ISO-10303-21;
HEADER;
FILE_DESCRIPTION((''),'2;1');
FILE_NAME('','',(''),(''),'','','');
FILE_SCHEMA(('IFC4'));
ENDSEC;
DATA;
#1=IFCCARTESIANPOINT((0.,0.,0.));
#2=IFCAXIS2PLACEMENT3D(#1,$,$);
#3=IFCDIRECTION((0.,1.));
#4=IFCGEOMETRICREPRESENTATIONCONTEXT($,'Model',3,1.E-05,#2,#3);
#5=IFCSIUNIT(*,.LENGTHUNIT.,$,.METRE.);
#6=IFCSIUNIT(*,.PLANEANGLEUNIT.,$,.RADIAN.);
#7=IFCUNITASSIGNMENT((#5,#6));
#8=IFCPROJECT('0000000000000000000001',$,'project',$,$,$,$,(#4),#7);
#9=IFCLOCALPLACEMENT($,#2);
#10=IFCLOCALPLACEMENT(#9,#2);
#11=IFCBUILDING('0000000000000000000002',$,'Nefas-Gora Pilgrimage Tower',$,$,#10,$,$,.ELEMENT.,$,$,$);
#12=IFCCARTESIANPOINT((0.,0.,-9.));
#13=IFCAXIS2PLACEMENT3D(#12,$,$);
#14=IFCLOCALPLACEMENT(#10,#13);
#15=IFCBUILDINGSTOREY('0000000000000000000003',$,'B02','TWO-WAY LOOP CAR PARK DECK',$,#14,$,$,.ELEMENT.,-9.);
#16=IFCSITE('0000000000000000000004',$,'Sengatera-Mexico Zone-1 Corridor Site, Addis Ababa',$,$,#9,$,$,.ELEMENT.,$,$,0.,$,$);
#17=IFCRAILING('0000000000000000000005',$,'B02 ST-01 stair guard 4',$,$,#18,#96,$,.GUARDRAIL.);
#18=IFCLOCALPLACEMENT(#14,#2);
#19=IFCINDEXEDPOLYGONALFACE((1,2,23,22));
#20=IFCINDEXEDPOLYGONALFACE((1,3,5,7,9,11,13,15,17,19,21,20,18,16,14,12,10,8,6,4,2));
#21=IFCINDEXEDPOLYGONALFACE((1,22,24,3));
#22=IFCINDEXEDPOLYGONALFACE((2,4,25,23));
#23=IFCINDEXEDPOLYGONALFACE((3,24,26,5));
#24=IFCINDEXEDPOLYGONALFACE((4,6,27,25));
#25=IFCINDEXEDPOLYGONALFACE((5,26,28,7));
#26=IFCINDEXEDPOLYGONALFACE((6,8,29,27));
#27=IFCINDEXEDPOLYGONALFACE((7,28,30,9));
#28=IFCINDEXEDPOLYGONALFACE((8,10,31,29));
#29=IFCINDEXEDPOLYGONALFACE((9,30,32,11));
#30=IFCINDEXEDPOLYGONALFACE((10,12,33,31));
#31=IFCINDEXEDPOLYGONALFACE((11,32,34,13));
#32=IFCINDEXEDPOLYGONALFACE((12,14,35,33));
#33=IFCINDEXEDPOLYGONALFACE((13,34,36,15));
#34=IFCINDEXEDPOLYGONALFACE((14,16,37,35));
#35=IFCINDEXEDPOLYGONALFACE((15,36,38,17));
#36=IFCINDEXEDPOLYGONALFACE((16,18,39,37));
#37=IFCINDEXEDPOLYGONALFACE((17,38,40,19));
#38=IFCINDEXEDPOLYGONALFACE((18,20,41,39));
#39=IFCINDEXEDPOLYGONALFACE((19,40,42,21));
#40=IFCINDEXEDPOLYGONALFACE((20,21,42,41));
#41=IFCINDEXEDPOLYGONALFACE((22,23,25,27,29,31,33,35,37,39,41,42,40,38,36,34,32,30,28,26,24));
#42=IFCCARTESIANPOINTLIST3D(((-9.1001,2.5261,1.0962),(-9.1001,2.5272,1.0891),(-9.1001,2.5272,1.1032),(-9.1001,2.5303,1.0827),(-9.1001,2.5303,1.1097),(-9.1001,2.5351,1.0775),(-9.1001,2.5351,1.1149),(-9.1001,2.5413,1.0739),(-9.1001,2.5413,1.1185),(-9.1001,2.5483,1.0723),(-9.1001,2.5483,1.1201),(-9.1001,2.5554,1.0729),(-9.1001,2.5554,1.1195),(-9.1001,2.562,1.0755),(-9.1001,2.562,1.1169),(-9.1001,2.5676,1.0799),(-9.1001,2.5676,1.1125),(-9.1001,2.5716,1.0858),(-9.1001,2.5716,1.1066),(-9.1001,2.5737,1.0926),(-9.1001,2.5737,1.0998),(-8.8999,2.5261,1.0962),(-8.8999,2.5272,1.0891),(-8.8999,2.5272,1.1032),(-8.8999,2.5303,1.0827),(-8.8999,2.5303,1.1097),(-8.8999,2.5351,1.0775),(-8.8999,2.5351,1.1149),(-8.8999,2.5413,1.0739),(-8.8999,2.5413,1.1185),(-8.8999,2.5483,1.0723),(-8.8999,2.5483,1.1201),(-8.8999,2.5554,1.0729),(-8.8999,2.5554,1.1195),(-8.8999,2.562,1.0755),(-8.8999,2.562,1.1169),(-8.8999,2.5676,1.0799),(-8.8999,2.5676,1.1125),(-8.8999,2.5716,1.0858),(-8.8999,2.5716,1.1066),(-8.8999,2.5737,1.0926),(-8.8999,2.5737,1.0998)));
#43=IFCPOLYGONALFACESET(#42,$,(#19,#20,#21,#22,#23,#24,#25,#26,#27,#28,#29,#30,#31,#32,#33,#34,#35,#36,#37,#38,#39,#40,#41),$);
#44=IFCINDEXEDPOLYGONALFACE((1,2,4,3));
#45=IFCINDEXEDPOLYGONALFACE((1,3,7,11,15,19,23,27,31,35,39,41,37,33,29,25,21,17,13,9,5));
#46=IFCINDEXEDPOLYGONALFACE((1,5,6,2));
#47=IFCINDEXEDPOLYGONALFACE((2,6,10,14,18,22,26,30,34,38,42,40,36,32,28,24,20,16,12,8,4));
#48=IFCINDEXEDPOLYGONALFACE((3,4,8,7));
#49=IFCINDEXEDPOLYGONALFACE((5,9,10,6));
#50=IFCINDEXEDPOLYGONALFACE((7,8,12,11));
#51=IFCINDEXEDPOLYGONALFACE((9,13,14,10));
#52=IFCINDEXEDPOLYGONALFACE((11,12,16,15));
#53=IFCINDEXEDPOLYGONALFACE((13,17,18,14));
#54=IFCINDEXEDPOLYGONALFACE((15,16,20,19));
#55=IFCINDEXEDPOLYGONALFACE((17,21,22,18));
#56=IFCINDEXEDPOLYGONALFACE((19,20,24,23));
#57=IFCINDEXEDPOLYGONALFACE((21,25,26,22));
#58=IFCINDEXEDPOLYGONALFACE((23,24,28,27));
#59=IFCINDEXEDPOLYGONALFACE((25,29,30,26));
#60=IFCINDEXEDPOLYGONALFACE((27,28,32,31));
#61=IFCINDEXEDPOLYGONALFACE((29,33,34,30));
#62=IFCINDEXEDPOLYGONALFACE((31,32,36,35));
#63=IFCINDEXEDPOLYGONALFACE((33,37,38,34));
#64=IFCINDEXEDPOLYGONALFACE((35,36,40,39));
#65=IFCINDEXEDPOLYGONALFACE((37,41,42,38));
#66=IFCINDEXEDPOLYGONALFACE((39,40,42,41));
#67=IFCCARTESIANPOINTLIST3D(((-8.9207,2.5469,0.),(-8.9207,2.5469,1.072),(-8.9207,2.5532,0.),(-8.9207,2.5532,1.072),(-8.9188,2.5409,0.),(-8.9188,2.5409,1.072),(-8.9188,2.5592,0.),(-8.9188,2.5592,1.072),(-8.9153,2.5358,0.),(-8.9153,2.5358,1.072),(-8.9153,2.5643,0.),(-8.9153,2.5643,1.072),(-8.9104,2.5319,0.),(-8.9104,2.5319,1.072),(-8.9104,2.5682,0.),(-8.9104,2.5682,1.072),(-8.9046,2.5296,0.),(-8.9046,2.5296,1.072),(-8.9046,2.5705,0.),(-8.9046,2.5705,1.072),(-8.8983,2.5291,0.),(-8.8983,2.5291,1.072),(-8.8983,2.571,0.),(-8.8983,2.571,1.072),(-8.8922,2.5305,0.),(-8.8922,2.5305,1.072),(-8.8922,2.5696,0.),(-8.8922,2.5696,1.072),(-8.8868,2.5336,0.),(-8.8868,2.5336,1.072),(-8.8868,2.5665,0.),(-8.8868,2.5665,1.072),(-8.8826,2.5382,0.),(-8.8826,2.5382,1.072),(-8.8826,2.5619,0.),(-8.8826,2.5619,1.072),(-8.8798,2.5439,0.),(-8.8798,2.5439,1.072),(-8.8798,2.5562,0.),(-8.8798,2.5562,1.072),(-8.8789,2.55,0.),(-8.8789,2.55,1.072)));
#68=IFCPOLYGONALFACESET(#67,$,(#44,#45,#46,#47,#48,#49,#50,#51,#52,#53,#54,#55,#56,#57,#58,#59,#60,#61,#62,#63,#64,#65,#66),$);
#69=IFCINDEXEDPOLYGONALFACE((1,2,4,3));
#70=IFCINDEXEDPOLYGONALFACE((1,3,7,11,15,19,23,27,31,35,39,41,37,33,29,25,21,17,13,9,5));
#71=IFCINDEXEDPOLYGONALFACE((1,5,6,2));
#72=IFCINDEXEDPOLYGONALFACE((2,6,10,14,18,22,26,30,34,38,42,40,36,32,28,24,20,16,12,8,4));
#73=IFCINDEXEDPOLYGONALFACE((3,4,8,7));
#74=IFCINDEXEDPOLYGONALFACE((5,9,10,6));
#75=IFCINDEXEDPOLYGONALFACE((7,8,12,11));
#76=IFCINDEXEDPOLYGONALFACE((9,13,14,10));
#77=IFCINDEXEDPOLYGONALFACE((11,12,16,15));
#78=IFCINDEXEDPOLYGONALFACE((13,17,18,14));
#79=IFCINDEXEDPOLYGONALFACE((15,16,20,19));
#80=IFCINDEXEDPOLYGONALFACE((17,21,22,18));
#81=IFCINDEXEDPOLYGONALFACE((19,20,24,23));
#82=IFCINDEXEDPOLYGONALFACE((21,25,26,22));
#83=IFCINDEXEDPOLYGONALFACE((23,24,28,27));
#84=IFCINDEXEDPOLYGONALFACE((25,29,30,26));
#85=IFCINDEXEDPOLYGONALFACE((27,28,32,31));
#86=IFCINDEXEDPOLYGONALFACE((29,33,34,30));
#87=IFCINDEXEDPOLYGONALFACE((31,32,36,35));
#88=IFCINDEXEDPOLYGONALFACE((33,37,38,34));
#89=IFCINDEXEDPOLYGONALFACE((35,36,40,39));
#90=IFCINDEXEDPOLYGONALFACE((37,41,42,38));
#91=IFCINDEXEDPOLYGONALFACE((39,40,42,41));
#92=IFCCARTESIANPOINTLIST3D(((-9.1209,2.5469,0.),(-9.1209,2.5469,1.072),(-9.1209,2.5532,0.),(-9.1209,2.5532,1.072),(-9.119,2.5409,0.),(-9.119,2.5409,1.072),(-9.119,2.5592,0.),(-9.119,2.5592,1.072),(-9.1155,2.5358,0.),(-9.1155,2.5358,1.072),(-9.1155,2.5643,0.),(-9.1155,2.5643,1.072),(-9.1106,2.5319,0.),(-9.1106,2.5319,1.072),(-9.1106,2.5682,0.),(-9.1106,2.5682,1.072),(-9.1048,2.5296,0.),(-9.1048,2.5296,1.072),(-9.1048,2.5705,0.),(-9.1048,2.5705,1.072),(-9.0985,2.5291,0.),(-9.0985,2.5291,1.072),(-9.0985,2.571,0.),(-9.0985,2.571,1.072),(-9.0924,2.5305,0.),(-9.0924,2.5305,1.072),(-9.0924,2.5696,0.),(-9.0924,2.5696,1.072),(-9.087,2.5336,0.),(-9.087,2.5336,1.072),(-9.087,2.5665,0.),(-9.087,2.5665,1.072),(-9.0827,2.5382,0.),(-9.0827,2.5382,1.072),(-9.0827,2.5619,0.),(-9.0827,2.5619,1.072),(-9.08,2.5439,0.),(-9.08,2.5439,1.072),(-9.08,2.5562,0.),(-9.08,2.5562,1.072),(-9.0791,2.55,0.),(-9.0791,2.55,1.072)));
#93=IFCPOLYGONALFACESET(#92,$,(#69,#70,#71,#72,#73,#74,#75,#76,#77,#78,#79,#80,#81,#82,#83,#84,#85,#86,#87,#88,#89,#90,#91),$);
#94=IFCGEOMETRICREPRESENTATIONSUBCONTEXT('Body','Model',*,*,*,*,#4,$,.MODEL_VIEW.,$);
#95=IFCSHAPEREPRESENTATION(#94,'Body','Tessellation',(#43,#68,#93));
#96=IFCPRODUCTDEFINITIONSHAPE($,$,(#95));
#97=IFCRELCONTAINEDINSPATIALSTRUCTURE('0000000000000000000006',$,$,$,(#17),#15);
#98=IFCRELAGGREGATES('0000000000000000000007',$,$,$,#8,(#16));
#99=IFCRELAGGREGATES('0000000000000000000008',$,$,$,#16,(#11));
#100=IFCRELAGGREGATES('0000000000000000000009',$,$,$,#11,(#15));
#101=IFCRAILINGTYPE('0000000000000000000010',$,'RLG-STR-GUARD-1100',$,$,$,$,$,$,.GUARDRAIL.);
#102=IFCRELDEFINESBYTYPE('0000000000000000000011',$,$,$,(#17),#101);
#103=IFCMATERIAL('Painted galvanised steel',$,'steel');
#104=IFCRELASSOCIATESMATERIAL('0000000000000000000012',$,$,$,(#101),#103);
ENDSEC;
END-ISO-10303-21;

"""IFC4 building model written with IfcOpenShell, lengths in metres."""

from ifc_helpers import new_model, si_unit, direction, frame, origin, origin_2d, place, context, subcontext, project, spatial, circle, extrude, material, type_object, element, save


model = new_model("IFC4")

# Units and contexts
model_context = context("Model", 3, precision=1e-05, world=origin(), true_north=direction((0.0, 1.0)))
body_context = subcontext(model_context, "Body", "Model", "MODEL_VIEW")
ifc_project = project(units=[si_unit("LENGTHUNIT", "METRE"), si_unit("PLANEANGLEUNIT", "RADIAN")], contexts=[model_context])

# Site, building, storey
site_placement = place(None, origin())
site = spatial("IfcSite", under=ifc_project, at=site_placement, Name="Sengatera-Mexico Zone-1 Corridor Site, Addis Ababa", CompositionType="ELEMENT", RefElevation=0.0)
building_placement = place(site_placement, origin())
building = spatial("IfcBuilding", under=site, at=building_placement, Name="Nefas-Gora Pilgrimage Tower", CompositionType="ELEMENT")
storey_placement = place(building_placement, frame((0.0, 0.0, -9.0)))
storey = spatial("IfcBuildingStorey", under=building, at=storey_placement, Name="B02", Description="TWO-WAY LOOP CAR PARK DECK", CompositionType="ELEMENT", Elevation=-9.0)

# Railing
ifc_material_1 = material(Name="Painted galvanised steel", Category="steel")
railing_type_1 = type_object("IfcRailingType", Name="RLG-STR-GUARD-1100", PredefinedType="GUARDRAIL", material=ifc_material_1)
railing_1_placement = place(storey_placement, frame((-8.8999, 2.55, 0.0)))
element("IfcRailing", 1, at=railing_1_placement, inside=storey, type_object=railing_type_1, Name="B02 ST-01 stair guard 4", PredefinedType="GUARDRAIL", context=body_context, shape_type="SweptSolid", body=[
    extrude(circle(Radius=0.0239, at=origin_2d()), frame((0.0, 0.0, 1.0962), z_axis=(-1.0, 0.0, 0.0), x_axis=(0.0, -1.0, 0.0)), (0.0, 0.0, 1.0), 0.2002),
    extrude(circle(Radius=0.021, at=origin_2d()), origin(), (0.0, 0.0, 1.0), 1.072),
    extrude(circle(Radius=0.021, at=origin_2d()), frame((-0.2002, 0.0, 0.0)), (0.0, 0.0, 1.0), 1.072),
])

save(model, "model.ifc")
